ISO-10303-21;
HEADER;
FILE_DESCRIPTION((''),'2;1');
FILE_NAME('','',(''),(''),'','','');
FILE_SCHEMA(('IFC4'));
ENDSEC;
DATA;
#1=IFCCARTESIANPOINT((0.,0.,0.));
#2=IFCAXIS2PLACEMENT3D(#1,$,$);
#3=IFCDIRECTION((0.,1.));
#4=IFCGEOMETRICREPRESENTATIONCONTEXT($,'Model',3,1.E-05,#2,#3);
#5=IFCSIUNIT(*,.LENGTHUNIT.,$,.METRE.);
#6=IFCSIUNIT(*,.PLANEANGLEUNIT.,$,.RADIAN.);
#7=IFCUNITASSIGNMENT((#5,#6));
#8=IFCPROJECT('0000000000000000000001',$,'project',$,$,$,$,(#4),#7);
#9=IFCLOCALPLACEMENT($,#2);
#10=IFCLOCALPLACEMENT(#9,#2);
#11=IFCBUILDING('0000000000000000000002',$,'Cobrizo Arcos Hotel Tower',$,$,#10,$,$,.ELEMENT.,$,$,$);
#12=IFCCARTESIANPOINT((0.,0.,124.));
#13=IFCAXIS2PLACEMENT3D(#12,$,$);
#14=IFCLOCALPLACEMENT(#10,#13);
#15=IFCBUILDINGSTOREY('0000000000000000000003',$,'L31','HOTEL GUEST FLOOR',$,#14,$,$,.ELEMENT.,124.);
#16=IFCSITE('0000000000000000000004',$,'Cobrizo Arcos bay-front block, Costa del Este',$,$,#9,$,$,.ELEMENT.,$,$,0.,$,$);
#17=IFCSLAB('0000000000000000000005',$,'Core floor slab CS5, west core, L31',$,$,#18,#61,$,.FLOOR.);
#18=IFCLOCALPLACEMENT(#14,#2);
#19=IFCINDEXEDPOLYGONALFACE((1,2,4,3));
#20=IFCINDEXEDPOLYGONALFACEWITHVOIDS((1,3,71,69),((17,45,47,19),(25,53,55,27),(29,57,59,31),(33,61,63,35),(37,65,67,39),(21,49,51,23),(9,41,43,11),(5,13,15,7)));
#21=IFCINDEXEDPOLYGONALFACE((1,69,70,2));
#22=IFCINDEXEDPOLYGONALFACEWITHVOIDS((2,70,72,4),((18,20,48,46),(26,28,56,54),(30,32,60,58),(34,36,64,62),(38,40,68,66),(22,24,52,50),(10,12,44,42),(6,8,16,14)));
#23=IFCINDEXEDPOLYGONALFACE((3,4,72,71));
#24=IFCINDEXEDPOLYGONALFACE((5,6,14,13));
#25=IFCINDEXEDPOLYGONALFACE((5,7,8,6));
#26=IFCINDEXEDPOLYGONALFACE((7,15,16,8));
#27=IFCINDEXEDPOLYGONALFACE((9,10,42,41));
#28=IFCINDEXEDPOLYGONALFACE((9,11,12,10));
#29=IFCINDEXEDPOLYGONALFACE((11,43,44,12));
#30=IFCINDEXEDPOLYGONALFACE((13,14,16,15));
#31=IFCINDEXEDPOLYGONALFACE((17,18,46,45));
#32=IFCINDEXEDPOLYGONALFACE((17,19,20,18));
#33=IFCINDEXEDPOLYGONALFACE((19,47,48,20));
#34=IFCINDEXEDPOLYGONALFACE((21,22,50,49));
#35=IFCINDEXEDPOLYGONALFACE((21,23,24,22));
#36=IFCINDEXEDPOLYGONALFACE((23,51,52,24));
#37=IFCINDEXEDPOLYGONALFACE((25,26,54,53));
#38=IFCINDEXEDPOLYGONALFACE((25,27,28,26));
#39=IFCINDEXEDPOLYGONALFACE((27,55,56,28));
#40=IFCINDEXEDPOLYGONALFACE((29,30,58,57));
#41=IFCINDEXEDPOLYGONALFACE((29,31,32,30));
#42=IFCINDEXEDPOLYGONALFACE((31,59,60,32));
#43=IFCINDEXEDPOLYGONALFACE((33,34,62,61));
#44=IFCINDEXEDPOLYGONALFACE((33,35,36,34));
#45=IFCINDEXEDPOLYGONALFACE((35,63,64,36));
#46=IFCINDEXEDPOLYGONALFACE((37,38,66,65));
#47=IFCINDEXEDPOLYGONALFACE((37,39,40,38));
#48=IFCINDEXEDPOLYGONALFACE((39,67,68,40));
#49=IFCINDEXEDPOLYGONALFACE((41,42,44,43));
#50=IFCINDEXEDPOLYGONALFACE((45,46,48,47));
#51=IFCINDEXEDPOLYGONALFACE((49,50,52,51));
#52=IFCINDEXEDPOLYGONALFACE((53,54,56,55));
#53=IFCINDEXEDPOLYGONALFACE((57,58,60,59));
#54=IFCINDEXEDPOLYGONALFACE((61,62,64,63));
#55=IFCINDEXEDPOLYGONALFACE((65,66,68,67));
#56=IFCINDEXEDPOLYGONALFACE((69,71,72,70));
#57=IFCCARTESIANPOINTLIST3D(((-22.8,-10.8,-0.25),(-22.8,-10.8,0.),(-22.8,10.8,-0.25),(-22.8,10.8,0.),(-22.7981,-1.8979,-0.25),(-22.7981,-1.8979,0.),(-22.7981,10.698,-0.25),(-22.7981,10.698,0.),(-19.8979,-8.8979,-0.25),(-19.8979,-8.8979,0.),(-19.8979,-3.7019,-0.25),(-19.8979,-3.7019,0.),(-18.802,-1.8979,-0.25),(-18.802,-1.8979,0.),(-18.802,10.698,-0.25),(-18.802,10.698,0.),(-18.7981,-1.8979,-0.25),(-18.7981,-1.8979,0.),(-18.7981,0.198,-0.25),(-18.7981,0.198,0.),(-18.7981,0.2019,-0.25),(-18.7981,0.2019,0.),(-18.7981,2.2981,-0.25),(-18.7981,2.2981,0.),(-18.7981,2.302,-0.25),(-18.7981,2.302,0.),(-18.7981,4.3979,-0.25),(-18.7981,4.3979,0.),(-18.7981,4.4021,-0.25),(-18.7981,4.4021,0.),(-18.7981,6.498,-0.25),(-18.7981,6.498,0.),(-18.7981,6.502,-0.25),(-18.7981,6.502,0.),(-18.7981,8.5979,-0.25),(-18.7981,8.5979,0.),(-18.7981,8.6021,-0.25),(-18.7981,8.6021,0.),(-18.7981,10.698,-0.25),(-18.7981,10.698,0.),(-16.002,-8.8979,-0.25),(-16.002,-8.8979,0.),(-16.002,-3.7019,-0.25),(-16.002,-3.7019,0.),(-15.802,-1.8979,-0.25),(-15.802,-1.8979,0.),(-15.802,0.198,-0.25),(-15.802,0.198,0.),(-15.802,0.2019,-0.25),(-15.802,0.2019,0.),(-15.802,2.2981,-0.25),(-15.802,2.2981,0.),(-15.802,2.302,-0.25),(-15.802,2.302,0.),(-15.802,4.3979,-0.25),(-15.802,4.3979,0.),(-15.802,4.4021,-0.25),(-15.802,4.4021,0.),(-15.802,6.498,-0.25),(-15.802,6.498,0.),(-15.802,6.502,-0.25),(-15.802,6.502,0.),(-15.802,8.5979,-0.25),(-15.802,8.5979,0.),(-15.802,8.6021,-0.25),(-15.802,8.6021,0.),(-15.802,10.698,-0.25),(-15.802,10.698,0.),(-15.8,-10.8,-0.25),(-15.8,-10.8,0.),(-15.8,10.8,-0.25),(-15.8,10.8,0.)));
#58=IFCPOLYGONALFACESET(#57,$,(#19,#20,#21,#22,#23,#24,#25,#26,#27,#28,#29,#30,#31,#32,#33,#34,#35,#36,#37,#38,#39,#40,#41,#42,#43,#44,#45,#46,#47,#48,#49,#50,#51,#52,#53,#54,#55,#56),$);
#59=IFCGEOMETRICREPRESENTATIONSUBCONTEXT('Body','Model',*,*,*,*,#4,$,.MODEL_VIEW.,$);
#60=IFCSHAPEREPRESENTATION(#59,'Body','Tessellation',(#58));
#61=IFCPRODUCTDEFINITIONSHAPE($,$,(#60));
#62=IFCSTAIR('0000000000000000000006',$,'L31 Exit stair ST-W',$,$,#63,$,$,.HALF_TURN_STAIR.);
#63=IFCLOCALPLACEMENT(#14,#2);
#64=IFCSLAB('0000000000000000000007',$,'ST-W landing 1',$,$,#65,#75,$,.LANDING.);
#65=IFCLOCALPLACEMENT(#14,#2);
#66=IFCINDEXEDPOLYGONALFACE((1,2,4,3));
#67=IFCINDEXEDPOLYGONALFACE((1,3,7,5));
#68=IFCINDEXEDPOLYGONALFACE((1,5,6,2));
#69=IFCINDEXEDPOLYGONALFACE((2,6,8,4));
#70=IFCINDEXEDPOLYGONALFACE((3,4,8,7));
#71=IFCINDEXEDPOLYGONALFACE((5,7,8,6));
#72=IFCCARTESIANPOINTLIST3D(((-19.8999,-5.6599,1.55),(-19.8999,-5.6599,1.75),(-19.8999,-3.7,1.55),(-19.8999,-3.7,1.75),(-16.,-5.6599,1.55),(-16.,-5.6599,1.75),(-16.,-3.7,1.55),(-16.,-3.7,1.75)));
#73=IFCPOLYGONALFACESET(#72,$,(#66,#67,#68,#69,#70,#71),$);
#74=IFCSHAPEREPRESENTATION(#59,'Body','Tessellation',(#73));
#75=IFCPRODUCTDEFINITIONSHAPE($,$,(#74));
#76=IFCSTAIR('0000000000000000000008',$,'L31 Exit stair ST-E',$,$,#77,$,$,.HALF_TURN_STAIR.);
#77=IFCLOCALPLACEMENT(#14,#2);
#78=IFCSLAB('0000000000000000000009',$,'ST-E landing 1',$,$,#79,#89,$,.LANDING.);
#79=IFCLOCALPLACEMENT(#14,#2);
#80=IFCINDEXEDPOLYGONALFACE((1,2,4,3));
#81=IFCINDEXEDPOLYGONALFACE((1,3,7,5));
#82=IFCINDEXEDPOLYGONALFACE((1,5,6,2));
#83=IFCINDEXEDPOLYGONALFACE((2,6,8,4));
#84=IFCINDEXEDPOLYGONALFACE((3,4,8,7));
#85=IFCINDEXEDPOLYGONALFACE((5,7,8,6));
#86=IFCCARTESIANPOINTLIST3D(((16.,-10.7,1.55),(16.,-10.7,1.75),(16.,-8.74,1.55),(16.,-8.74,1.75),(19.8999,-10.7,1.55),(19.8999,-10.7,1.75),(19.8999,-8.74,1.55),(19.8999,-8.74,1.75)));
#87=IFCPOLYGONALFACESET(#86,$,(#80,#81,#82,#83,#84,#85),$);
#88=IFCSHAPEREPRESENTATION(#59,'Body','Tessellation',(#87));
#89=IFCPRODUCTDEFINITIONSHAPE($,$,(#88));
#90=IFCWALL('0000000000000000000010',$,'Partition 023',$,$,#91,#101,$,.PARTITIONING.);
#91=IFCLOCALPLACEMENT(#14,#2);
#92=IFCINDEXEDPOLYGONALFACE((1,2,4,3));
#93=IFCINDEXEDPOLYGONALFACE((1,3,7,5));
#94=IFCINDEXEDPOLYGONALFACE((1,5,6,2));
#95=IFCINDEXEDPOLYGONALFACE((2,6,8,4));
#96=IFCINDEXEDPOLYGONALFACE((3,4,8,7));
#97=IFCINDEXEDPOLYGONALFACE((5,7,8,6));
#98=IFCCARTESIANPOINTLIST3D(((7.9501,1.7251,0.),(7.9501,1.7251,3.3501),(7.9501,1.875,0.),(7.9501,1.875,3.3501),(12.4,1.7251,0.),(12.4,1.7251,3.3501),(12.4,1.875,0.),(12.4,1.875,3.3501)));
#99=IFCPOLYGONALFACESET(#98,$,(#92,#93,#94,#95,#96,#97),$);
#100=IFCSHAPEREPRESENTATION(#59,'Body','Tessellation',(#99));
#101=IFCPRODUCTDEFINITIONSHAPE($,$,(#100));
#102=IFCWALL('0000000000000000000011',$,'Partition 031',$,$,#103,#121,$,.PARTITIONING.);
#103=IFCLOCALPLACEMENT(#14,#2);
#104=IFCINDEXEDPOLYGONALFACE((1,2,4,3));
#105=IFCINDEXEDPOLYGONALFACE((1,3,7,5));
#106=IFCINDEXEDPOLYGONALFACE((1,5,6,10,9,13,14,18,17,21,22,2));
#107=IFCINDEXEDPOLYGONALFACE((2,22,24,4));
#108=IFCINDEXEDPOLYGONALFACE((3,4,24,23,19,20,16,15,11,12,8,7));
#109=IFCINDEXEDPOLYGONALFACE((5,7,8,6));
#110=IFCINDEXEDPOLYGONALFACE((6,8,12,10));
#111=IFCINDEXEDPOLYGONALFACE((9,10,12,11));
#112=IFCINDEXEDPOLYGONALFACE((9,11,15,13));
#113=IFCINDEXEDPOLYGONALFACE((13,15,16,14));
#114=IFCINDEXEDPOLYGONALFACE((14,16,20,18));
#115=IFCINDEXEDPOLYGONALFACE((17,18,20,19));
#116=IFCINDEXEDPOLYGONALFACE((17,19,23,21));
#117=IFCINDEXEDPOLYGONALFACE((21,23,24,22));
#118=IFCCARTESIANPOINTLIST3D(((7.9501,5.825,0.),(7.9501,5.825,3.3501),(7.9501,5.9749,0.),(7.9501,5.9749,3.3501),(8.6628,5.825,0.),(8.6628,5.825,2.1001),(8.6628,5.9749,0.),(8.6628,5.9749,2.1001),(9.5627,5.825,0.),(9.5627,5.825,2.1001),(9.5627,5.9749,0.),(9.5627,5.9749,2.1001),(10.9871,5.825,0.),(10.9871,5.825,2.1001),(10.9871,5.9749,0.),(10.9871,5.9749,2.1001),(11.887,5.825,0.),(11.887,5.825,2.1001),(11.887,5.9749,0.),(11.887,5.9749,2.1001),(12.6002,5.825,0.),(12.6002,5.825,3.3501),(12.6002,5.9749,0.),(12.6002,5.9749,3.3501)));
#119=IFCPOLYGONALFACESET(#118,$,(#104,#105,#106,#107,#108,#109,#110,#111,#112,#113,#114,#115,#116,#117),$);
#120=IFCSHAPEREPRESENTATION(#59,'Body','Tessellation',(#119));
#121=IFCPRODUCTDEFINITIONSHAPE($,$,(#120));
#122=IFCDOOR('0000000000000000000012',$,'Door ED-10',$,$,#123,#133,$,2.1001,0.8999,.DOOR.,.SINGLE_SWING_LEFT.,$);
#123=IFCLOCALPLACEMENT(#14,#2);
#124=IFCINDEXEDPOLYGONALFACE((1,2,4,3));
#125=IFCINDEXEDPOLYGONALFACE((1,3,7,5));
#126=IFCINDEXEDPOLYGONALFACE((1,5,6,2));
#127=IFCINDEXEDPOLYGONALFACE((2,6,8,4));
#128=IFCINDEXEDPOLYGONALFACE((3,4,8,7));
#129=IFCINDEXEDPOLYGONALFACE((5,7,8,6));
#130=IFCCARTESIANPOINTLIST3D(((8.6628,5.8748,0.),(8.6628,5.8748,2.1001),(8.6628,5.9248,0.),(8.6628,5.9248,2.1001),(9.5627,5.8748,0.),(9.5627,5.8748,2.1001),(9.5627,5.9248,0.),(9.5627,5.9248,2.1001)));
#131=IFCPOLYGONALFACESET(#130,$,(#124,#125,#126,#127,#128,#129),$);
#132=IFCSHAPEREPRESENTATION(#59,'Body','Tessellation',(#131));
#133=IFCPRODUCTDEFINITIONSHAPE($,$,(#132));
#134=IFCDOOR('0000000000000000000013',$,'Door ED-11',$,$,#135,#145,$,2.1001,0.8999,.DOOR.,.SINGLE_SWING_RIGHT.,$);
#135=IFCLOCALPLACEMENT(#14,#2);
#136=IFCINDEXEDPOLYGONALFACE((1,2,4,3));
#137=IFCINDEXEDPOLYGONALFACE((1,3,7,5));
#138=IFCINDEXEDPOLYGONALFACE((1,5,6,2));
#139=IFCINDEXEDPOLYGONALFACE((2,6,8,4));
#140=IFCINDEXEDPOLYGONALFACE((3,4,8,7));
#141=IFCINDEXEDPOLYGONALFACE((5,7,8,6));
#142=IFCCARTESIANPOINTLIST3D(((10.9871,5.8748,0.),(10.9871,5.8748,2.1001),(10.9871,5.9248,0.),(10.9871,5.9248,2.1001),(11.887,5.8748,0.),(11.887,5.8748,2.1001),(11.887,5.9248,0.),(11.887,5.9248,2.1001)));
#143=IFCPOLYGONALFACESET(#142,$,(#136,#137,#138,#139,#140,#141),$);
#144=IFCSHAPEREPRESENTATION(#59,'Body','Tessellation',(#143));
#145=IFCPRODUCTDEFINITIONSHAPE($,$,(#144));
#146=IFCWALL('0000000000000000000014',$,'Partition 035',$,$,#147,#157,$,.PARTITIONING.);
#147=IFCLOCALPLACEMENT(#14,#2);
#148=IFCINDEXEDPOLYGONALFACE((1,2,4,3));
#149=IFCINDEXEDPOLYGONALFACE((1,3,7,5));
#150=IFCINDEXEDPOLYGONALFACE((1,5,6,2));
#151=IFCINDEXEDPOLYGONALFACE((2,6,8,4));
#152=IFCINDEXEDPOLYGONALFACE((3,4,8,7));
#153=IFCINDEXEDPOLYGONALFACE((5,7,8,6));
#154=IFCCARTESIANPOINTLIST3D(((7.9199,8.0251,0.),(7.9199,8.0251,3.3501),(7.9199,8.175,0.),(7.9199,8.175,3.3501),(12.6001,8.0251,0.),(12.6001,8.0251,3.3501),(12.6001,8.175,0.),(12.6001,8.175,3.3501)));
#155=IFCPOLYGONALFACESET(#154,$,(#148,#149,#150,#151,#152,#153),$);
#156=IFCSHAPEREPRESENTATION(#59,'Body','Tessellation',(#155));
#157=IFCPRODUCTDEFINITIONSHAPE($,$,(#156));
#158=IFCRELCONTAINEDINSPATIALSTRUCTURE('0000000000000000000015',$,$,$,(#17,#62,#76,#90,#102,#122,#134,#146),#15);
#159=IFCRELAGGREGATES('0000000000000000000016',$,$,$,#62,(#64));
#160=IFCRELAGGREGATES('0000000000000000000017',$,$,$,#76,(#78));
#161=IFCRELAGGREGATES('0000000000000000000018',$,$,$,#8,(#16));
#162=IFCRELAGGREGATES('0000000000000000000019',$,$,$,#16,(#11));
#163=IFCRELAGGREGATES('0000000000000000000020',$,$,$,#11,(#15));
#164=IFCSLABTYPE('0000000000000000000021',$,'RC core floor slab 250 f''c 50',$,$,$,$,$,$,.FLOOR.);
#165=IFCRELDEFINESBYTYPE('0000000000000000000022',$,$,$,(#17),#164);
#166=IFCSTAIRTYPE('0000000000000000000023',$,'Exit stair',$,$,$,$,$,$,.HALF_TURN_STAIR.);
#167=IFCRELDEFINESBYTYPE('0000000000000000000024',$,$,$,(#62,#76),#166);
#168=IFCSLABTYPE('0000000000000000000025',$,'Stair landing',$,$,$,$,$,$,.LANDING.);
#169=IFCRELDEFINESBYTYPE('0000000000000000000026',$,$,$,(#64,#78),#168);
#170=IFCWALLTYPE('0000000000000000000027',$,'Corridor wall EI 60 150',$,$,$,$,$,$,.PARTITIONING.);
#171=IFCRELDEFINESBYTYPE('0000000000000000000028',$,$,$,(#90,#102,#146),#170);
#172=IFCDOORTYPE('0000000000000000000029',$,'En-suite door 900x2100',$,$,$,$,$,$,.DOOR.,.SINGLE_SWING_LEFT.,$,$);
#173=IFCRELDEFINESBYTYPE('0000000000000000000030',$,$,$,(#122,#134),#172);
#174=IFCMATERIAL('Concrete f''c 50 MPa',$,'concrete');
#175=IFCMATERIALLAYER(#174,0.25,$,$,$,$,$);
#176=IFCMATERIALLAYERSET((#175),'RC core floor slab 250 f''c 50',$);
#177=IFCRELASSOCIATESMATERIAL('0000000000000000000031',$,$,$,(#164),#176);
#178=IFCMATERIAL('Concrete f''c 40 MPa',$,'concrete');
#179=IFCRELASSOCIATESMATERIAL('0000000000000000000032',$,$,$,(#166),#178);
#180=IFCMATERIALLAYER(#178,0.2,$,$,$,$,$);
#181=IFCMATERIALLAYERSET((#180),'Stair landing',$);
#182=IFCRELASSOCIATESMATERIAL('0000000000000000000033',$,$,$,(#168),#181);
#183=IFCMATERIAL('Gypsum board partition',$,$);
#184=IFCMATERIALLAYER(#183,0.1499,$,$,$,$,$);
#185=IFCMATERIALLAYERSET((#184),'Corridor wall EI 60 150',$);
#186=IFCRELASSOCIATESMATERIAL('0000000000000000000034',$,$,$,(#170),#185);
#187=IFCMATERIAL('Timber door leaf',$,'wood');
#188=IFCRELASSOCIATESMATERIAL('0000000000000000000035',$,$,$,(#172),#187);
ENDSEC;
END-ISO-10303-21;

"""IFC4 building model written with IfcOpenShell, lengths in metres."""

from ifc_helpers import new_model, si_unit, direction, frame, frame_2d, origin, place, context, subcontext, project, spatial, polyline, rectangle, outline, extrude, material, layer, layer_set, type_object, element, fill, aggregate, save


model = new_model("IFC4")

# Units and contexts
model_context = context("Model", 3, precision=1e-05, world=origin(), true_north=direction((0.0, 1.0)))
body_context = subcontext(model_context, "Body", "Model", "MODEL_VIEW")
ifc_project = project(units=[si_unit("LENGTHUNIT", "METRE"), si_unit("PLANEANGLEUNIT", "RADIAN")], contexts=[model_context])

# Site, building, storey
site_placement = place(None, origin())
site = spatial("IfcSite", under=ifc_project, at=site_placement, Name="Cobrizo Arcos bay-front block, Costa del Este", CompositionType="ELEMENT", RefElevation=0.0)
building_placement = place(site_placement, origin())
building = spatial("IfcBuilding", under=site, at=building_placement, Name="Cobrizo Arcos Hotel Tower", CompositionType="ELEMENT")
storey_placement = place(building_placement, frame((0.0, 0.0, 124.0)))
storey = spatial("IfcBuildingStorey", under=building, at=storey_placement, Name="L31", Description="HOTEL GUEST FLOOR", CompositionType="ELEMENT", Elevation=124.0)

# Slab
ifc_material_1 = material(Name="Concrete f'c 50 MPa", Category="concrete")
ifc_layer_1 = layer(ifc_material_1, 0.25)
ifc_layer_set_1 = layer_set([ifc_layer_1], Name="RC core floor slab 250 f'c 50")
slab_type_1 = type_object("IfcSlabType", Name="RC core floor slab 250 f'c 50", PredefinedType="FLOOR", material=ifc_layer_set_1)
slab_1_placement = place(storey_placement, frame((0.0, 0.0, -0.25)))
element("IfcSlab", 1, at=slab_1_placement, inside=storey, type_object=slab_type_1, Name="Core floor slab CS5, west core, L31", PredefinedType="FLOOR", context=body_context, shape_type="SweptSolid", body=[
    extrude(outline(polyline([(-22.8, 10.8), (-15.8, 10.8), (-15.8, -10.8), (-22.8, -10.8), (-22.8, 10.8)]), holes=[polyline([(-19.8979, -3.7019), (-19.8979, -8.8979), (-16.002, -8.8979), (-16.002, -3.7019), (-19.8979, -3.7019)]), polyline([(-18.7981, 0.198), (-18.7981, -1.8979), (-15.802, -1.8979), (-15.802, 0.198), (-18.7981, 0.198)]), polyline([(-15.802, 2.2981), (-18.7981, 2.2981), (-18.7981, 0.2019), (-15.802, 0.2019), (-15.802, 2.2981)]), polyline([(-15.802, 4.3979), (-18.7981, 4.3979), (-18.7981, 2.302), (-15.802, 2.302), (-15.802, 4.3979)]), polyline([(-18.802, 10.698), (-22.7981, 10.698), (-22.7981, -1.8979), (-18.802, -1.8979), (-18.802, 10.698)]), polyline([(-15.802, 6.498), (-18.7981, 6.498), (-18.7981, 4.4021), (-15.802, 4.4021), (-15.802, 6.498)]), polyline([(-15.802, 8.5979), (-18.7981, 8.5979), (-18.7981, 6.502), (-15.802, 6.502), (-15.802, 8.5979)]), polyline([(-15.802, 10.698), (-18.7981, 10.698), (-18.7981, 8.6021), (-15.802, 8.6021), (-15.802, 10.698)])]), origin(), (0.0, 0.0, 1.0), 0.25),
])

# Stairs, slabs
ifc_material_2 = material(Name="Concrete f'c 40 MPa", Category="concrete")
stair_type = type_object("IfcStairType", Name="Exit stair", PredefinedType="HALF_TURN_STAIR", material=ifc_material_2)
stair_1_placement = place(storey_placement, origin())
stair_1 = element("IfcStair", 2, at=stair_1_placement, inside=storey, type_object=stair_type, Name="L31 Exit stair ST-W", PredefinedType="HALF_TURN_STAIR")
ifc_layer_2 = layer(ifc_material_2, 0.2)
ifc_layer_set_2 = layer_set([ifc_layer_2], Name="Stair landing")
slab_type_2 = type_object("IfcSlabType", Name="Stair landing", PredefinedType="LANDING", material=ifc_layer_set_2)
slab_2_placement = place(storey_placement, frame((0.0, 0.0, 1.55)))
slab_2 = element("IfcSlab", 3, at=slab_2_placement, type_object=slab_type_2, Name="ST-W landing 1", PredefinedType="LANDING", context=body_context, shape_type="SweptSolid", body=[
    extrude(outline(polyline([(-16.0, -5.6599), (-16.0, -3.7), (-19.8999, -3.7), (-19.8999, -5.6599), (-16.0, -5.6599)])), origin(), (0.0, 0.0, 1.0), 0.2),
])
aggregate(stair_1, [slab_2])
stair_2_placement = place(storey_placement, origin())
stair_2 = element("IfcStair", 4, at=stair_2_placement, inside=storey, type_object=stair_type, Name="L31 Exit stair ST-E", PredefinedType="HALF_TURN_STAIR")
slab_3_placement = place(storey_placement, frame((0.0, 0.0, 1.55)))
slab_3 = element("IfcSlab", 5, at=slab_3_placement, type_object=slab_type_2, Name="ST-E landing 1", PredefinedType="LANDING", context=body_context, shape_type="SweptSolid", body=[
    extrude(outline(polyline([(16.0, -8.74), (16.0, -10.7), (19.8999, -10.7), (19.8999, -8.74), (16.0, -8.74)])), origin(), (0.0, 0.0, 1.0), 0.2),
])
aggregate(stair_2, [slab_3])

# Wall
ifc_material_3 = material(Name="Gypsum board partition")
ifc_layer_3 = layer(ifc_material_3, 0.1499)
ifc_layer_set_3 = layer_set([ifc_layer_3], Name="Corridor wall EI 60 150")
wall_type_1 = type_object("IfcWallType", Name="Corridor wall EI 60 150", PredefinedType="PARTITIONING", material=ifc_layer_set_3)
wall_1_placement = place(storey_placement, frame((7.95, 1.8, 0.0), z_axis=(0.0, 0.0, 1.0), x_axis=(1.0, 0.0, 0.0)))
element("IfcWall", 6, at=wall_1_placement, inside=storey, type_object=wall_type_1, Name="Partition 023", PredefinedType="PARTITIONING", context=body_context, shape_type="SweptSolid", body=[
    extrude(rectangle(XDim=4.45, YDim=0.1499, at=frame_2d((2.2251, 0.0))), origin(), (0.0, 0.0, 1.0), 3.3501),
])

# Wall, openings, doors
wall_2_placement = place(storey_placement, frame((7.95, 5.8999, 0.0), z_axis=(0.0, 0.0, 1.0), x_axis=(1.0, 0.0, 0.0)))
wall_2 = element("IfcWall", 7, at=wall_2_placement, inside=storey, type_object=wall_type_1, Name="Partition 031", PredefinedType="PARTITIONING", context=body_context, shape_type="SweptSolid", body=[
    extrude(rectangle(XDim=4.6501, YDim=0.1499, at=frame_2d((2.3252, 0.0))), origin(), (0.0, 0.0, 1.0), 3.3501),
])
opening_1_placement = place(wall_2_placement, frame((0.7129, 0.0, 0.0)))
opening_1 = element("IfcOpeningElement", 8, at=opening_1_placement, cuts=wall_2, PredefinedType="OPENING", context=body_context, shape_type="SweptSolid", body=[
    extrude(rectangle(XDim=0.8999, YDim=2.1001, at=frame_2d((0.45, 1.05))), frame((0.0, 0.0869, 0.0), z_axis=(0.0, -1.0, 0.0), x_axis=(1.0, 0.0, 0.0)), (0.0, 0.0, 1.0), 0.1738),
])
opening_2_placement = place(wall_2_placement, frame((3.0371, 0.0, 0.0)))
opening_2 = element("IfcOpeningElement", 9, at=opening_2_placement, cuts=wall_2, PredefinedType="OPENING", context=body_context, shape_type="SweptSolid", body=[
    extrude(rectangle(XDim=0.8999, YDim=2.1001, at=frame_2d((0.45, 1.05))), frame((0.0, 0.0869, 0.0), z_axis=(0.0, -1.0, 0.0), x_axis=(1.0, 0.0, 0.0)), (0.0, 0.0, 1.0), 0.1738),
])
ifc_material_4 = material(Name="Timber door leaf", Category="wood")
door_type_1 = type_object("IfcDoorType", Name="En-suite door 900x2100", OperationType="SINGLE_SWING_LEFT", PredefinedType="DOOR", material=ifc_material_4)
door_1_placement = place(opening_1_placement, origin())
door_1 = element("IfcDoor", 10, at=door_1_placement, inside=storey, type_object=door_type_1, Name="Door ED-10", OperationType="SINGLE_SWING_LEFT", OverallHeight=2.1001, OverallWidth=0.8999, PredefinedType="DOOR", context=body_context, shape_type="SweptSolid", body=[
    extrude(rectangle(XDim=0.8999, YDim=2.1001, at=frame_2d((0.45, 1.05))), frame((0.0, 0.0249, 0.0), z_axis=(0.0, -1.0, 0.0), x_axis=(1.0, 0.0, 0.0)), (0.0, 0.0, 1.0), 0.05),
])
fill(opening_1, door_1)
door_2_placement = place(opening_2_placement, origin())
door_2 = element("IfcDoor", 11, at=door_2_placement, inside=storey, type_object=door_type_1, Name="Door ED-11", OperationType="SINGLE_SWING_RIGHT", OverallHeight=2.1001, OverallWidth=0.8999, PredefinedType="DOOR", context=body_context, shape_type="SweptSolid", body=[
    extrude(rectangle(XDim=0.8999, YDim=2.1001, at=frame_2d((0.45, 1.05))), frame((0.0, 0.0249, 0.0), z_axis=(0.0, -1.0, 0.0), x_axis=(1.0, 0.0, 0.0)), (0.0, 0.0, 1.0), 0.05),
])
fill(opening_2, door_2)

# Wall
wall_3_placement = place(storey_placement, frame((7.9199, 8.1001, 0.0), z_axis=(0.0, 0.0, 1.0), x_axis=(1.0, 0.0, 0.0)))
element("IfcWall", 12, at=wall_3_placement, inside=storey, type_object=wall_type_1, Name="Partition 035", PredefinedType="PARTITIONING", context=body_context, shape_type="SweptSolid", body=[
    extrude(rectangle(XDim=4.6802, YDim=0.1499, at=frame_2d((2.3401, 0.0))), origin(), (0.0, 0.0, 1.0), 3.3501),
])

save(model, "model.ifc")
